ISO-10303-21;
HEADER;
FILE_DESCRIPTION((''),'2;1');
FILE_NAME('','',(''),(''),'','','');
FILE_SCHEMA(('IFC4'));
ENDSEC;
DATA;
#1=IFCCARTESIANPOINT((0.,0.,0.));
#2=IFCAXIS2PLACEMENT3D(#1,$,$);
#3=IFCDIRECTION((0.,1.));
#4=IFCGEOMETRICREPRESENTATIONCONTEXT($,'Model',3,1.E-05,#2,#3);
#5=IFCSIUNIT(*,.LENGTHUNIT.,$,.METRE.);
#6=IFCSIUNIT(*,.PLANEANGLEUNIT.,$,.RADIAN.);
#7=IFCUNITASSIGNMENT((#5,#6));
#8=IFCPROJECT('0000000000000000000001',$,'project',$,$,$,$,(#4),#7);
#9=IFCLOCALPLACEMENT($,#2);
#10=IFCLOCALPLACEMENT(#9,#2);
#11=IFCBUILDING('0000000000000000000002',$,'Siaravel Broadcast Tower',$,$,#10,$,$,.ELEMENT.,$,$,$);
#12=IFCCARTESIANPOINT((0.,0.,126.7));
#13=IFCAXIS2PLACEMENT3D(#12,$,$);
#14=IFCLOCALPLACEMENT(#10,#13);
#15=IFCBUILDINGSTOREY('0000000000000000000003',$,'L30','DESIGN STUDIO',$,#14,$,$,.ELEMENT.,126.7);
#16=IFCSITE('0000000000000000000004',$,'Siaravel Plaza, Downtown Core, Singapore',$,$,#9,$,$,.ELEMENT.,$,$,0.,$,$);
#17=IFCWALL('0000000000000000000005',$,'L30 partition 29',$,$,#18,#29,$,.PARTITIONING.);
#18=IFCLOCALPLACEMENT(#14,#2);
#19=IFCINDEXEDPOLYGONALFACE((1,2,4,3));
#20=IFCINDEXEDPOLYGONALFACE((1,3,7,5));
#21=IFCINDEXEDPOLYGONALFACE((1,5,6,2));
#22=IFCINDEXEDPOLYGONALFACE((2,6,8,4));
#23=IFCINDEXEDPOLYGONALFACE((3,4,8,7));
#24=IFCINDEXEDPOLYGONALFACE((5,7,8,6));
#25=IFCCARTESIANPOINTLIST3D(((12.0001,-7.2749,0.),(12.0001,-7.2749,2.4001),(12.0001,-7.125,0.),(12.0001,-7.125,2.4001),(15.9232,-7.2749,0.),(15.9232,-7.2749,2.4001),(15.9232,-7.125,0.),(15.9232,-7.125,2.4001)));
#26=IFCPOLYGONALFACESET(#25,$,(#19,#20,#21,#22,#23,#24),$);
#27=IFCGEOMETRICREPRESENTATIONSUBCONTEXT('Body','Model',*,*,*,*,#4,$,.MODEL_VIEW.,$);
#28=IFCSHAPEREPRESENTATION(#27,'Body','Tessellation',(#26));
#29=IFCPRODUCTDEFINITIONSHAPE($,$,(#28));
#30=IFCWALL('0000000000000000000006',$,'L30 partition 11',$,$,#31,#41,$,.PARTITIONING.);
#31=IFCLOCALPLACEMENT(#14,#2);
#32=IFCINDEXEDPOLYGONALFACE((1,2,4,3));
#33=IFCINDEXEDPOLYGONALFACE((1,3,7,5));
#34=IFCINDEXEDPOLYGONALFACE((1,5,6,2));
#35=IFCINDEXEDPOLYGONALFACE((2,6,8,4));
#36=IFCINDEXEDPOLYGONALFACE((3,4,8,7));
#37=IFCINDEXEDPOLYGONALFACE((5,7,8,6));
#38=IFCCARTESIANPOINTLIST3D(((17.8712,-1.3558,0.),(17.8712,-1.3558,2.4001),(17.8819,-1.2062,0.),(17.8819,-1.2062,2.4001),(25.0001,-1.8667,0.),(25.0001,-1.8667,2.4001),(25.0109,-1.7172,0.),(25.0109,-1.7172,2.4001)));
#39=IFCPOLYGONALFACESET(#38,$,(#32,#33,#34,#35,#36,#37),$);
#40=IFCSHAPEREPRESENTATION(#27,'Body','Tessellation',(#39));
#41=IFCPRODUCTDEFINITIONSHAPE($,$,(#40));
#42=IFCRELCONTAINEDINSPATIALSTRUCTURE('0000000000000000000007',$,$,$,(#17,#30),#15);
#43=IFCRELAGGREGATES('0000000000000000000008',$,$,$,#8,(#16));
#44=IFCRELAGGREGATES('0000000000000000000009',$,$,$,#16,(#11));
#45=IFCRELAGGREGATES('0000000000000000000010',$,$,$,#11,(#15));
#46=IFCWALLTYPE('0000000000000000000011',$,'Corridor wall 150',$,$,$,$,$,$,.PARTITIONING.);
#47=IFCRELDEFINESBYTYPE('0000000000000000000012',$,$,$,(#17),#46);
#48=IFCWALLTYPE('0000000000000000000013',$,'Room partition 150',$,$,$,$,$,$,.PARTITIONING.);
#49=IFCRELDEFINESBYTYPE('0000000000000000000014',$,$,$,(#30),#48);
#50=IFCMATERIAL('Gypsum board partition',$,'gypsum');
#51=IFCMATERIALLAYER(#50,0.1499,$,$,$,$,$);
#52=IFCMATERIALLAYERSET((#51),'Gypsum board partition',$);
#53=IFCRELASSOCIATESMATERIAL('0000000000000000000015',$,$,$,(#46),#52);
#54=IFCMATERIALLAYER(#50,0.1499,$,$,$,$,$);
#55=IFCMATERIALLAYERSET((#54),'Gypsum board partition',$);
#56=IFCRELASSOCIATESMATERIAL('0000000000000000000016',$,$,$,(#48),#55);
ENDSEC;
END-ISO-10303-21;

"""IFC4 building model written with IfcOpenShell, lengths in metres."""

from ifc_helpers import new_model, si_unit, direction, frame, frame_2d, origin, place, context, subcontext, project, spatial, rectangle, extrude, material, layer, layer_set, type_object, element, save


model = new_model("IFC4")

# Units and contexts
model_context = context("Model", 3, precision=1e-05, world=origin(), true_north=direction((0.0, 1.0)))
body_context = subcontext(model_context, "Body", "Model", "MODEL_VIEW")
ifc_project = project(units=[si_unit("LENGTHUNIT", "METRE"), si_unit("PLANEANGLEUNIT", "RADIAN")], contexts=[model_context])

# Site, building, storey
site_placement = place(None, origin())
site = spatial("IfcSite", under=ifc_project, at=site_placement, Name="Siaravel Plaza, Downtown Core, Singapore", CompositionType="ELEMENT", RefElevation=0.0)
building_placement = place(site_placement, origin())
building = spatial("IfcBuilding", under=site, at=building_placement, Name="Siaravel Broadcast Tower", CompositionType="ELEMENT")
storey_placement = place(building_placement, frame((0.0, 0.0, 126.7)))
storey = spatial("IfcBuildingStorey", under=building, at=storey_placement, Name="L30", Description="DESIGN STUDIO", CompositionType="ELEMENT", Elevation=126.7)

# Shared definitions
ifc_material_1 = material(Name="Gypsum board partition", Category="gypsum")
ifc_layer_1 = layer(ifc_material_1, 0.1499)
ifc_layer_set_1 = layer_set([ifc_layer_1], Name="Gypsum board partition")
wall_type_1 = type_object("IfcWallType", Name="Corridor wall 150", PredefinedType="PARTITIONING", material=ifc_layer_set_1)

# Walls
wall_1_placement = place(storey_placement, frame((15.9231, -7.2, 0.0), z_axis=(0.0, 0.0, 1.0), x_axis=(-1.0, 0.0, 0.0)))
element("IfcWall", 1, at=wall_1_placement, inside=storey, type_object=wall_type_1, Name="L30 partition 29", PredefinedType="PARTITIONING", context=body_context, shape_type="SweptSolid", body=[
    extrude(rectangle(XDim=3.9231, YDim=0.1499, at=frame_2d((1.9614, 0.0))), origin(), (0.0, 0.0, 1.0), 2.4001),
])
ifc_layer_2 = layer(ifc_material_1, 0.1499)
ifc_layer_set_2 = layer_set([ifc_layer_2], Name="Gypsum board partition")
wall_type_2 = type_object("IfcWallType", Name="Room partition 150", PredefinedType="PARTITIONING", material=ifc_layer_set_2)
wall_2_placement = place(storey_placement, frame((25.0056, -1.792, 0.0), z_axis=(0.0, 0.0, 1.0), x_axis=(-0.997441, 0.071495, 0.0)))
element("IfcWall", 2, at=wall_2_placement, inside=storey, type_object=wall_type_2, Name="L30 partition 11", PredefinedType="PARTITIONING", context=body_context, shape_type="SweptSolid", body=[
    extrude(rectangle(XDim=7.1472, YDim=0.1499, at=frame_2d((3.5737, 0.0))), origin(), (0.0, 0.0, 1.0), 2.4001),
])

save(model, "model.ifc")
